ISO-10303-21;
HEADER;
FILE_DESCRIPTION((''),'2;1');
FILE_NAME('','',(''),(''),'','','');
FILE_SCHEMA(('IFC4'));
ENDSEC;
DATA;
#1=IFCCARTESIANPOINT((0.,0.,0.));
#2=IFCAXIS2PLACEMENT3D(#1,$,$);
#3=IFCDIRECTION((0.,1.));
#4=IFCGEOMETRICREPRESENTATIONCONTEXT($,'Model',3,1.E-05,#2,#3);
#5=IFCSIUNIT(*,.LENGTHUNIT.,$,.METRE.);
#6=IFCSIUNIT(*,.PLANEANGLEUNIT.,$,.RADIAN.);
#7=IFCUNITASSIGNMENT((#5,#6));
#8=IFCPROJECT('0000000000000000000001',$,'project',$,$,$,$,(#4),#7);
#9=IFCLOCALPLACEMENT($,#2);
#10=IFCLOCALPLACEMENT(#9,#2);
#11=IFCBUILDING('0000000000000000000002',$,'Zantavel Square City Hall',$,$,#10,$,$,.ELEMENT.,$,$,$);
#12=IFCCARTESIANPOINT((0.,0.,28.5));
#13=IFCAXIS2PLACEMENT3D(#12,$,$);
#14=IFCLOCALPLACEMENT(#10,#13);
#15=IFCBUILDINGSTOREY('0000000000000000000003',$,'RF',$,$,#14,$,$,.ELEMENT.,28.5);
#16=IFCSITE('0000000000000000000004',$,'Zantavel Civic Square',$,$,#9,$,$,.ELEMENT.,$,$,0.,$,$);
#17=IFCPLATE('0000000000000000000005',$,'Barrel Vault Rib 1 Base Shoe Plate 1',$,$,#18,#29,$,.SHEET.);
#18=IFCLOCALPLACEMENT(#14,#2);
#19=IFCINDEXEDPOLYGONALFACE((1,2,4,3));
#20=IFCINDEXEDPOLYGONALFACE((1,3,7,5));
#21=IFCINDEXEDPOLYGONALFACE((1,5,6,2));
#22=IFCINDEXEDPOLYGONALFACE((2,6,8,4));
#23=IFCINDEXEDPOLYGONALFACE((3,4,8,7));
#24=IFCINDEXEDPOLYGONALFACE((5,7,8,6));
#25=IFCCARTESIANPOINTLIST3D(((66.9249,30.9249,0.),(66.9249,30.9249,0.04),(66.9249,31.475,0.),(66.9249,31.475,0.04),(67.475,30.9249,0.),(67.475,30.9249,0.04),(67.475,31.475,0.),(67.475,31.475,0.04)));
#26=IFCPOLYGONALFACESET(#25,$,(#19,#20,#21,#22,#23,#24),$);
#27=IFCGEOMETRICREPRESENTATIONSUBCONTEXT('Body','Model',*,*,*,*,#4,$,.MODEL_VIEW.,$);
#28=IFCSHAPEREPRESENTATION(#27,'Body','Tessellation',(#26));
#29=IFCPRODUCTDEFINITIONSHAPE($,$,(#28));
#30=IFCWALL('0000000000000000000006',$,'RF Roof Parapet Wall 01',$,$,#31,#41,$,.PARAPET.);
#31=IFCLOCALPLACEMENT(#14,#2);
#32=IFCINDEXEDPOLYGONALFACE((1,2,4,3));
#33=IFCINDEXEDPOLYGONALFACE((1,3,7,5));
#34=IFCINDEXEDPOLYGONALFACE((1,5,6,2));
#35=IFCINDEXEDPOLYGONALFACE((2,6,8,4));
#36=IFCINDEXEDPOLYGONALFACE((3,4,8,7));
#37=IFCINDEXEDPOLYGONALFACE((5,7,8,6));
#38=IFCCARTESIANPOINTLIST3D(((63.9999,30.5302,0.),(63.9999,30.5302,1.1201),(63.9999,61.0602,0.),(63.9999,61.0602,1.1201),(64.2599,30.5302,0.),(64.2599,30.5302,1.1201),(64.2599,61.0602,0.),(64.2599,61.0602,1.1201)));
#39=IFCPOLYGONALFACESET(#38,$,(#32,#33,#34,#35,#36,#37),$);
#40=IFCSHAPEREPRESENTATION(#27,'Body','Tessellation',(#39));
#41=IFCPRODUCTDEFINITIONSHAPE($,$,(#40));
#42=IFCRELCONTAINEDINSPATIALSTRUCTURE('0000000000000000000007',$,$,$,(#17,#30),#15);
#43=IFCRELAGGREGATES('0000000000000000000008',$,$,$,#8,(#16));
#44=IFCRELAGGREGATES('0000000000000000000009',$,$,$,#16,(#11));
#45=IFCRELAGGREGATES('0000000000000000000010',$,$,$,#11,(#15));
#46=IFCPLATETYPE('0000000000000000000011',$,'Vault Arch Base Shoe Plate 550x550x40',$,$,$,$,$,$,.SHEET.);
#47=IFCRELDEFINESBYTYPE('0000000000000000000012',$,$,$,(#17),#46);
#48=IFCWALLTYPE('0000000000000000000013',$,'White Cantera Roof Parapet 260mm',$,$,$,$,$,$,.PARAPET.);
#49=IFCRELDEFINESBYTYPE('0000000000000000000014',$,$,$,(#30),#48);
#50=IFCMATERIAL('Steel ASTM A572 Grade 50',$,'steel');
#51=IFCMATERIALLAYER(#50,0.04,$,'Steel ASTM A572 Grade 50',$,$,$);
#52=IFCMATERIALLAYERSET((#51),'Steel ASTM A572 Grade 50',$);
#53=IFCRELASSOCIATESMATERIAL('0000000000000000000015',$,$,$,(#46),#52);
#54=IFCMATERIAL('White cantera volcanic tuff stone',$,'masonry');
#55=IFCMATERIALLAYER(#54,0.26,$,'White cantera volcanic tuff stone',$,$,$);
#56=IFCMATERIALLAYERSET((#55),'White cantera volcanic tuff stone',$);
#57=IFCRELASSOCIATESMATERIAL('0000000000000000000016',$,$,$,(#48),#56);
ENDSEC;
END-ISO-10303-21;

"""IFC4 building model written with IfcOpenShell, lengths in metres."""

from ifc_helpers import new_model, si_unit, direction, frame, frame_2d, origin, origin_2d, place, context, subcontext, project, spatial, rectangle, extrude, material, layer, layer_set, type_object, element, save


model = new_model("IFC4")

# Units and contexts
model_context = context("Model", 3, precision=1e-05, world=origin(), true_north=direction((0.0, 1.0)))
body_context = subcontext(model_context, "Body", "Model", "MODEL_VIEW")
ifc_project = project(units=[si_unit("LENGTHUNIT", "METRE"), si_unit("PLANEANGLEUNIT", "RADIAN")], contexts=[model_context])

# Site, building, storey
site_placement = place(None, origin())
site = spatial("IfcSite", under=ifc_project, at=site_placement, Name="Zantavel Civic Square", CompositionType="ELEMENT", RefElevation=0.0)
building_placement = place(site_placement, origin())
building = spatial("IfcBuilding", under=site, at=building_placement, Name="Zantavel Square City Hall", CompositionType="ELEMENT")
storey_placement = place(building_placement, frame((0.0, 0.0, 28.5)))
storey = spatial("IfcBuildingStorey", under=building, at=storey_placement, Name="RF", CompositionType="ELEMENT", Elevation=28.5)

# Shared definitions
ifc_material_1 = material(Name="Steel ASTM A572 Grade 50", Category="steel")

# Plate
ifc_layer_1 = layer(ifc_material_1, 0.04, Name="Steel ASTM A572 Grade 50")
ifc_layer_set_1 = layer_set([ifc_layer_1], Name="Steel ASTM A572 Grade 50")
plate_type_1 = type_object("IfcPlateType", Name="Vault Arch Base Shoe Plate 550x550x40", PredefinedType="SHEET", material=ifc_layer_set_1)
plate_1_placement = place(storey_placement, frame((67.2, 31.2, 0.0), z_axis=(0.0, 0.0, 1.0), x_axis=(1.0, 0.0, 0.0)))
element("IfcPlate", 1, at=plate_1_placement, inside=storey, type_object=plate_type_1, Name="Barrel Vault Rib 1 Base Shoe Plate 1", PredefinedType="SHEET", context=body_context, shape_type="SweptSolid", body=[
    extrude(rectangle(XDim=0.55, YDim=0.55, at=origin_2d()), origin(), (0.0, 0.0, 1.0), 0.04),
])

# Wall
ifc_material_2 = material(Name="White cantera volcanic tuff stone", Category="masonry")
ifc_layer_2 = layer(ifc_material_2, 0.26, Name="White cantera volcanic tuff stone")
ifc_layer_set_2 = layer_set([ifc_layer_2], Name="White cantera volcanic tuff stone")
wall_type = type_object("IfcWallType", Name="White Cantera Roof Parapet 260mm", PredefinedType="PARAPET", material=ifc_layer_set_2)
wall_placement = place(storey_placement, frame((64.1299, 30.53, 0.0), z_axis=(0.0, 0.0, 1.0), x_axis=(0.0, 1.0, 0.0)))
element("IfcWall", 2, at=wall_placement, inside=storey, type_object=wall_type, Name="RF Roof Parapet Wall 01", PredefinedType="PARAPET", context=body_context, shape_type="SweptSolid", body=[
    extrude(rectangle(XDim=30.53, YDim=0.26, at=frame_2d((15.2651, 0.0))), origin(), (0.0, 0.0, 1.0), 1.1201),
])

save(model, "model.ifc")
